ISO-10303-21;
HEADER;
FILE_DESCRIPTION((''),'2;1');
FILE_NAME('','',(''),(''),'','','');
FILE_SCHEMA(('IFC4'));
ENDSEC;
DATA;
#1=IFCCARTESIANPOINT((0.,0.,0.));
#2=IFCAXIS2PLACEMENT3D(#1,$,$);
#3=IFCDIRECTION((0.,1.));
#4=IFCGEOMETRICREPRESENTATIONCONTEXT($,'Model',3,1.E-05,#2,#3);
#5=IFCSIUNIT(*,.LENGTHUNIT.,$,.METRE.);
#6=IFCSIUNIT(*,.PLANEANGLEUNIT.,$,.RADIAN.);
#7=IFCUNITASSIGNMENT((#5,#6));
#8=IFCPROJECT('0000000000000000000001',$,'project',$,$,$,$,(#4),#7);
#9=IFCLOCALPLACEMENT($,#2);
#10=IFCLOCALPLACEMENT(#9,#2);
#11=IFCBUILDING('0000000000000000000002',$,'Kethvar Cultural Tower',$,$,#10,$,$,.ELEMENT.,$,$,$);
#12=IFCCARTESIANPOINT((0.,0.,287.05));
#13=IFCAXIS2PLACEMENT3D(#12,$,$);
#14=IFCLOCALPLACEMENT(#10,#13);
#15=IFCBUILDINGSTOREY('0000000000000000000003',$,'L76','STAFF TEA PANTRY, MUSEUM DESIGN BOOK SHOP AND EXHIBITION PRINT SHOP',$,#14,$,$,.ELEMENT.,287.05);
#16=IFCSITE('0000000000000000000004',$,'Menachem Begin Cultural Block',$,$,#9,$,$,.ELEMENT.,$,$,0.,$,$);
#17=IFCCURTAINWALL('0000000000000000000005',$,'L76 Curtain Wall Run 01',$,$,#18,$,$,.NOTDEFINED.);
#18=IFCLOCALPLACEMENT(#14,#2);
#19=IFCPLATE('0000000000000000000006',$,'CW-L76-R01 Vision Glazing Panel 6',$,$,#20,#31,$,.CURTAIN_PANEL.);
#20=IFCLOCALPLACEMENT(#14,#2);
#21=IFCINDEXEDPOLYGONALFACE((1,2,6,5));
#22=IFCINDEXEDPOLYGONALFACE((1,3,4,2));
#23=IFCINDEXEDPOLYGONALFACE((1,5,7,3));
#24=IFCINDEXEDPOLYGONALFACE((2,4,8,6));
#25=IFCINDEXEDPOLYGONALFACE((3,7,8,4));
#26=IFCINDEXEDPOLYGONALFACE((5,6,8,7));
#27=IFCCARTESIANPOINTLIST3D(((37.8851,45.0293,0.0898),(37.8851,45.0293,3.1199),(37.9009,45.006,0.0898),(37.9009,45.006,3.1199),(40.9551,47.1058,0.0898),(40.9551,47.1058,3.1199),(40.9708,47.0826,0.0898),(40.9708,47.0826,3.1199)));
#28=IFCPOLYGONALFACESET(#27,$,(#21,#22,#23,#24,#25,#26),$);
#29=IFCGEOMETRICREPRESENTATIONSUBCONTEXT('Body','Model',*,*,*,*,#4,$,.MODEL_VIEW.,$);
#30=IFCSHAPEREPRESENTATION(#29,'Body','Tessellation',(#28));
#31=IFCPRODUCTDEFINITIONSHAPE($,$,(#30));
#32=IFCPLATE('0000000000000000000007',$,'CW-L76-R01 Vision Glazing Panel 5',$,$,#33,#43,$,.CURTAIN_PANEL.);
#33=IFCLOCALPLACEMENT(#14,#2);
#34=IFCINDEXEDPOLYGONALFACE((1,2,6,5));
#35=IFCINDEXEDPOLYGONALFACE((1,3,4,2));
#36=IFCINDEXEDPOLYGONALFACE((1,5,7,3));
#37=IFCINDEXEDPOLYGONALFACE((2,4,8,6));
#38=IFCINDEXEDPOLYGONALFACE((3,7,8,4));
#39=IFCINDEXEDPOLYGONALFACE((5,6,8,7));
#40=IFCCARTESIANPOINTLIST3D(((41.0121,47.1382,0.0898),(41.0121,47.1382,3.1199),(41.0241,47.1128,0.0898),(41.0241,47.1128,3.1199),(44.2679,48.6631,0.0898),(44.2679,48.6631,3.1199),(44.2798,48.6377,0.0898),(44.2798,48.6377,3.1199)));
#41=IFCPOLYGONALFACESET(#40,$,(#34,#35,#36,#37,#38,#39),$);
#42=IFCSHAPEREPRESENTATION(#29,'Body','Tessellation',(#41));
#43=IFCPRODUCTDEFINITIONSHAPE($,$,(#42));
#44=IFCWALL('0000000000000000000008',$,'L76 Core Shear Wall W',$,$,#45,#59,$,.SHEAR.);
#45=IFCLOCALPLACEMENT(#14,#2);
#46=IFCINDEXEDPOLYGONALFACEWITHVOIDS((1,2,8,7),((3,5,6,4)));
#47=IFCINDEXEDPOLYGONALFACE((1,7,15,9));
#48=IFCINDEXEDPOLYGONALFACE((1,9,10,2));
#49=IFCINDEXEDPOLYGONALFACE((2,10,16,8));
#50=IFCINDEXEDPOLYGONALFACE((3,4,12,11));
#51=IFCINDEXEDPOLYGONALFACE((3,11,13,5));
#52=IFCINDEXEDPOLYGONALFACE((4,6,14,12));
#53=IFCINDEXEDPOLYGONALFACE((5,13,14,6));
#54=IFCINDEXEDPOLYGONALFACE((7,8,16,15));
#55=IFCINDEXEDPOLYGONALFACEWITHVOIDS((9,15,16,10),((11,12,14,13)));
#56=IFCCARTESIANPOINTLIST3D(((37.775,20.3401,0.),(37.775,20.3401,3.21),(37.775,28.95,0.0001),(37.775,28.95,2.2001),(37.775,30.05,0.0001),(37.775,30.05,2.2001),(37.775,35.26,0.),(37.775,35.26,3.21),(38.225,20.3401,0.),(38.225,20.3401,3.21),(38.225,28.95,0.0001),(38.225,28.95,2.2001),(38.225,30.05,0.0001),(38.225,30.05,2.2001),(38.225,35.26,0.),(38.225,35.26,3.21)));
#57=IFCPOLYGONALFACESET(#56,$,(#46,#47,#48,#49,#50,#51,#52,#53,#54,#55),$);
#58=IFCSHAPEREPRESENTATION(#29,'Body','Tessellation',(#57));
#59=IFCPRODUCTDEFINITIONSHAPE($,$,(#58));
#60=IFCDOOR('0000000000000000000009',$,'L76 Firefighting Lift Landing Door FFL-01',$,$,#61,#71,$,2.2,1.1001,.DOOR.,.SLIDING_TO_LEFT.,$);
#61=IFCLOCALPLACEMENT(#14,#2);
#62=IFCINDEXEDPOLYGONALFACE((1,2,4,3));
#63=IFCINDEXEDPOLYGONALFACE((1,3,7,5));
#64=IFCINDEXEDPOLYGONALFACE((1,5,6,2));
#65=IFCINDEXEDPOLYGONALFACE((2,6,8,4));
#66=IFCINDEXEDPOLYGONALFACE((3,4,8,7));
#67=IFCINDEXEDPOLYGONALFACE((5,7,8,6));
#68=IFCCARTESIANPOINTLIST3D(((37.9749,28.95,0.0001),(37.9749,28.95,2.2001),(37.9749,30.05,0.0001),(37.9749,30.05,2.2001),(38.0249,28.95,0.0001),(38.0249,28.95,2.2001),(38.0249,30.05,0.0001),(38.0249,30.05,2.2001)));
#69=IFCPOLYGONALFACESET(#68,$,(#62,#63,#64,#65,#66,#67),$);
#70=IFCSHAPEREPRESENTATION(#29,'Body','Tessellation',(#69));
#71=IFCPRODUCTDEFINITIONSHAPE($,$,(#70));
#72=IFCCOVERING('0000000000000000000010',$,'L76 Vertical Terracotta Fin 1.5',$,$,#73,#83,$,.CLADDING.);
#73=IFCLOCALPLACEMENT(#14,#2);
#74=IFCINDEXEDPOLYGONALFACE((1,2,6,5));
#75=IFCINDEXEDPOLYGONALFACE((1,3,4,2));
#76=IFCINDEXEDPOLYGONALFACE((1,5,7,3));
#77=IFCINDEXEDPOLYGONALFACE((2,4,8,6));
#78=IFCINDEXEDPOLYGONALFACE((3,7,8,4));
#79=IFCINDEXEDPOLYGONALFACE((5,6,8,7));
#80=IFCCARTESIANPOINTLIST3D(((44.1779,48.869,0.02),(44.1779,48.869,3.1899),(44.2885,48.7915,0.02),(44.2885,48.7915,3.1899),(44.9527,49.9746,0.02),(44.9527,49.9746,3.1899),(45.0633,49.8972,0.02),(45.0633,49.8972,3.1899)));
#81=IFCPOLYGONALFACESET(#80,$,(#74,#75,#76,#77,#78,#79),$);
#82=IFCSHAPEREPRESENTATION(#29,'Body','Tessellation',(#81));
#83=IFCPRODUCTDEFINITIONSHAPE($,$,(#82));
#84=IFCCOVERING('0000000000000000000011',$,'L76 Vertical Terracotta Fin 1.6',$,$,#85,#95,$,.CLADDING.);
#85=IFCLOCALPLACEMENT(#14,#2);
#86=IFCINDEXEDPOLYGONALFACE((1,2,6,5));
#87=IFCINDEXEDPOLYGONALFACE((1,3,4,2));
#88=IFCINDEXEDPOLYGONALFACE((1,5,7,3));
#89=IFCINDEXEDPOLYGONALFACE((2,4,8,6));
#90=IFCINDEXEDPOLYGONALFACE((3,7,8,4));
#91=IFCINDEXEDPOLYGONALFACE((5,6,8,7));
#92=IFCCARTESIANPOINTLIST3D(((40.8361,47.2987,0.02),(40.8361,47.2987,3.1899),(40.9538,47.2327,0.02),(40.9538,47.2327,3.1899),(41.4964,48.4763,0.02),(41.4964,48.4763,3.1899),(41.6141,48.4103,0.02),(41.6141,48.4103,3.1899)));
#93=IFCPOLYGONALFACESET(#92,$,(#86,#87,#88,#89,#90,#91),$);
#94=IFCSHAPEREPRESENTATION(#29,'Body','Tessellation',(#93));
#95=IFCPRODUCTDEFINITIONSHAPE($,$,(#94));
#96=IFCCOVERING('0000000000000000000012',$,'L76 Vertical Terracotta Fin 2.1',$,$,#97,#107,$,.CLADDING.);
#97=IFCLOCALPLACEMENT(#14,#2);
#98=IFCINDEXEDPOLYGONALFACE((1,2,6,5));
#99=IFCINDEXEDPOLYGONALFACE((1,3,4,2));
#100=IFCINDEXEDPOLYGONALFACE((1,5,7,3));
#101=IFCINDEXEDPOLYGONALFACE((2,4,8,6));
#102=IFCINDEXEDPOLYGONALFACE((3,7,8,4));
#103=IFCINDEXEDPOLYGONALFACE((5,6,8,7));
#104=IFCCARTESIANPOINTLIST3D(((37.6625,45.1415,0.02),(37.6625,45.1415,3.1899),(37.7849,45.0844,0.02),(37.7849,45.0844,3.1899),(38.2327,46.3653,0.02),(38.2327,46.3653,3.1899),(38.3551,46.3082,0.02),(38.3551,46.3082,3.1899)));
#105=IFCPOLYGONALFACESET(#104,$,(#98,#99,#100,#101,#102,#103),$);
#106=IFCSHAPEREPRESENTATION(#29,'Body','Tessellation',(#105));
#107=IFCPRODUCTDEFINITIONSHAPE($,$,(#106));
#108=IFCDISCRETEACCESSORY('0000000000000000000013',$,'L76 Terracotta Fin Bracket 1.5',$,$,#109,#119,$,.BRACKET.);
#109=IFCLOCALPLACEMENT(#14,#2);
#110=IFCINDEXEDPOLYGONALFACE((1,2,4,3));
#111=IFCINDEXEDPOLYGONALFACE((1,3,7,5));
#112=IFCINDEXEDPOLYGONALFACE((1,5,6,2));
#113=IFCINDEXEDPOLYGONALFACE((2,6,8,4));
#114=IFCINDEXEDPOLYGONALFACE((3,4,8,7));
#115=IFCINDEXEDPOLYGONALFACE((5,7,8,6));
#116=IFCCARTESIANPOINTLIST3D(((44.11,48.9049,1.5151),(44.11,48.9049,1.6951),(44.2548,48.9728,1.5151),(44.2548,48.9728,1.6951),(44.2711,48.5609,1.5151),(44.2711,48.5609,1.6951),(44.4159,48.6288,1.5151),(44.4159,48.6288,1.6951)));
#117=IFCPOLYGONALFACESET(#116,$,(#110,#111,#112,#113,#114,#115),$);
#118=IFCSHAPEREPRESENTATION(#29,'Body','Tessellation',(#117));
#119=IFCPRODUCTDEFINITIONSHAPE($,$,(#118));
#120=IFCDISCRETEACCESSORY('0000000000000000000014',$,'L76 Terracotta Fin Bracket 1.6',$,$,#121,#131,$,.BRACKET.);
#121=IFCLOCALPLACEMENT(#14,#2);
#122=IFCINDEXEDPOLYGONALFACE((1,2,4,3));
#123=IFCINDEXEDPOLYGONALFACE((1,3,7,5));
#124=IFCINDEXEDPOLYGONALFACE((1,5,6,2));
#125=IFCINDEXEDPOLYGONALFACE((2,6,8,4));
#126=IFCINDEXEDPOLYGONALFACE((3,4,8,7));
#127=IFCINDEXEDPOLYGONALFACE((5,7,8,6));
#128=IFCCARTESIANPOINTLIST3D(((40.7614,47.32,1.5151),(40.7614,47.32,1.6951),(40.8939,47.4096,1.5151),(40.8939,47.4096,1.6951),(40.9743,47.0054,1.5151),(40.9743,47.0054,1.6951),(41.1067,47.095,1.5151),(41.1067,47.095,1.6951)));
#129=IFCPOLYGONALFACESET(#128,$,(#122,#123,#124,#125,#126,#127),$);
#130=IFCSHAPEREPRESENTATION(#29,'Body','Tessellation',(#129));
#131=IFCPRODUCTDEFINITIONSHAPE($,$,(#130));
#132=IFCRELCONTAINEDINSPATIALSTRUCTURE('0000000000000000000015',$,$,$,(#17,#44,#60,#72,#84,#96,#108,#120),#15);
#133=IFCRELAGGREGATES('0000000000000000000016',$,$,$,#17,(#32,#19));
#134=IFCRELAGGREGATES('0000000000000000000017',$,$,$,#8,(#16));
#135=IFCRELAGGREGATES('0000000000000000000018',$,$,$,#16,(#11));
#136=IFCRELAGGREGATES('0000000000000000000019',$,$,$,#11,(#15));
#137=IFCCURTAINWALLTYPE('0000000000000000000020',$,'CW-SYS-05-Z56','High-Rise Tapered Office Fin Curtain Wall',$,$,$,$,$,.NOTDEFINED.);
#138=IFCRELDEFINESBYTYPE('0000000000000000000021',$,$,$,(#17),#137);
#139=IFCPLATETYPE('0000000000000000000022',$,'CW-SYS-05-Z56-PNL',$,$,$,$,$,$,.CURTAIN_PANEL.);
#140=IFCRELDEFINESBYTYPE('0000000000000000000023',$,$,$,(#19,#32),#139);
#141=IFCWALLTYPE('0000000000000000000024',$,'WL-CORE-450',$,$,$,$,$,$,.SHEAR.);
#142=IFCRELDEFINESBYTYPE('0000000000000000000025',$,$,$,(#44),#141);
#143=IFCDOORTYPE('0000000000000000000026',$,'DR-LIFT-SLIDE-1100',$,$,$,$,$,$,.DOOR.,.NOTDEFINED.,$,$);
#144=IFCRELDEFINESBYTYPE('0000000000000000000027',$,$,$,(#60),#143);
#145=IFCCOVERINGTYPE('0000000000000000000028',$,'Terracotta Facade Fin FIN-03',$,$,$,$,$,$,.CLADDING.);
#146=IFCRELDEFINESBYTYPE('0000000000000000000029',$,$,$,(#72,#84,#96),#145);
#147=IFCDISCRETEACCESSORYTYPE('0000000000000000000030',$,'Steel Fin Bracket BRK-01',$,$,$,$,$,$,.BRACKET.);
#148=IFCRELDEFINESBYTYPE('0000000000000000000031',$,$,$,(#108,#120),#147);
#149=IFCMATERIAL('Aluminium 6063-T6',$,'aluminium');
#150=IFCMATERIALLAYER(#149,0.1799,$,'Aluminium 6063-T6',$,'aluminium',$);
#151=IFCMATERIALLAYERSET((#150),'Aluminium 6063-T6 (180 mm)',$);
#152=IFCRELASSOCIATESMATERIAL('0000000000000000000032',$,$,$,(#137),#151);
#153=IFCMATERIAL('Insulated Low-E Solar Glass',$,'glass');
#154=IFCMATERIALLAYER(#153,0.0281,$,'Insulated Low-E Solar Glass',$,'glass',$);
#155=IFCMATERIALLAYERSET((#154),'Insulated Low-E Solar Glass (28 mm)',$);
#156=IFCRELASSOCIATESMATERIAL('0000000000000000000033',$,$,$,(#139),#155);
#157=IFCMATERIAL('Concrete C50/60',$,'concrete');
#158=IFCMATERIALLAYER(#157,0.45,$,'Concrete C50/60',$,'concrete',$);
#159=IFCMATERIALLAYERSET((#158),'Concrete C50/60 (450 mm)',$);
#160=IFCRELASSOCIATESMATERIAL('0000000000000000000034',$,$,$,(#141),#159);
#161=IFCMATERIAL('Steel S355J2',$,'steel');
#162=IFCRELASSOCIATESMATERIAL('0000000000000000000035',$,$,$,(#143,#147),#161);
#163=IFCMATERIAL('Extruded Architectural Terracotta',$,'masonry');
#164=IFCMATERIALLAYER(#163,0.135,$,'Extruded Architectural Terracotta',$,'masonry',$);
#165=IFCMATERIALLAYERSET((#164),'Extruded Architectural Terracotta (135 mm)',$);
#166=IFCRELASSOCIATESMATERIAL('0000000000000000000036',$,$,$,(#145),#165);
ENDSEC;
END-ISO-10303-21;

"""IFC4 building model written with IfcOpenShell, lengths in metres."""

from ifc_helpers import new_model, si_unit, direction, frame, frame_2d, origin, origin_2d, place, context, subcontext, project, spatial, rectangle, extrude, source, transform, mapped, material, layer, layer_set, type_object, element, fill, aggregate, save


model = new_model("IFC4")

# Units and contexts
model_context = context("Model", 3, precision=1e-05, world=origin(), true_north=direction((0.0, 1.0)))
body_context = subcontext(model_context, "Body", "Model", "MODEL_VIEW")
ifc_project = project(units=[si_unit("LENGTHUNIT", "METRE"), si_unit("PLANEANGLEUNIT", "RADIAN")], contexts=[model_context])

# Site, building, storey
site_placement = place(None, origin())
site = spatial("IfcSite", under=ifc_project, at=site_placement, Name="Menachem Begin Cultural Block", CompositionType="ELEMENT", RefElevation=0.0)
building_placement = place(site_placement, origin())
building = spatial("IfcBuilding", under=site, at=building_placement, Name="Kethvar Cultural Tower", CompositionType="ELEMENT")
storey_placement = place(building_placement, frame((0.0, 0.0, 287.05)))
storey = spatial("IfcBuildingStorey", under=building, at=storey_placement, Name="L76", Description="STAFF TEA PANTRY, MUSEUM DESIGN BOOK SHOP AND EXHIBITION PRINT SHOP", CompositionType="ELEMENT", Elevation=287.05)

# Shared definitions
ifc_material_1 = material(Name="Steel S355J2", Category="steel")

# Curtain wall
ifc_material_2 = material(Name="Aluminium 6063-T6", Category="aluminium")
ifc_layer_1 = layer(ifc_material_2, 0.1799, Name="Aluminium 6063-T6", Category="aluminium")
ifc_layer_set_1 = layer_set([ifc_layer_1], Name="Aluminium 6063-T6 (180 mm)")
curtain_wall_type = type_object("IfcCurtainWallType", Name="CW-SYS-05-Z56", Description="High-Rise Tapered Office Fin Curtain Wall", PredefinedType="NOTDEFINED", material=ifc_layer_set_1)
curtain_wall_1_placement = place(storey_placement, origin())
curtain_wall_1 = element("IfcCurtainWall", 1, at=curtain_wall_1_placement, inside=storey, type_object=curtain_wall_type, Name="L76 Curtain Wall Run 01", PredefinedType="NOTDEFINED")

# Plates
ifc_material_3 = material(Name="Insulated Low-E Solar Glass", Category="glass")
ifc_layer_2 = layer(ifc_material_3, 0.0281, Name="Insulated Low-E Solar Glass", Category="glass")
ifc_layer_set_2 = layer_set([ifc_layer_2], Name="Insulated Low-E Solar Glass (28 mm)")
plate_type = type_object("IfcPlateType", Name="CW-SYS-05-Z56-PNL", PredefinedType="CURTAIN_PANEL", material=ifc_layer_set_2)
shared_shape_1 = source(origin(), body_context, "Body", "SweptSolid", [
    extrude(rectangle(XDim=3.7063, YDim=0.0281, at=origin_2d()), origin(), (0.0, 0.0, 1.0), 3.03),
])
plate_1_placement = place(storey_placement, frame((39.428, 46.0559, 0.0898), z_axis=(0.0, 0.0, 1.0), x_axis=(-0.828305, -0.560278, 0.0)))
plate_1 = element("IfcPlate", 2, at=plate_1_placement, type_object=plate_type, Name="CW-L76-R01 Vision Glazing Panel 6", PredefinedType="CURTAIN_PANEL", context=body_context, shape_type="MappedRepresentation", body=[
    mapped(shared_shape_1, transform((0.0, 0.0, 0.0), scale=1.0)),
])
shared_shape_2 = source(origin(), body_context, "Body", "SweptSolid", [
    extrude(rectangle(XDim=3.5952, YDim=0.0281, at=origin_2d()), origin(), (0.0, 0.0, 1.0), 3.03),
])
plate_2_placement = place(storey_placement, frame((42.646, 47.8879, 0.0898), z_axis=(0.0, 0.0, 1.0), x_axis=(-0.905591, -0.424152, 0.0)))
plate_2 = element("IfcPlate", 3, at=plate_2_placement, type_object=plate_type, Name="CW-L76-R01 Vision Glazing Panel 5", PredefinedType="CURTAIN_PANEL", context=body_context, shape_type="MappedRepresentation", body=[
    mapped(shared_shape_2, transform((0.0, 0.0, 0.0), scale=1.0)),
])
aggregate(curtain_wall_1, [plate_2, plate_1])

# Wall, opening, door
ifc_material_4 = material(Name="Concrete C50/60", Category="concrete")
ifc_layer_3 = layer(ifc_material_4, 0.45, Name="Concrete C50/60", Category="concrete")
ifc_layer_set_3 = layer_set([ifc_layer_3], Name="Concrete C50/60 (450 mm)")
wall_type = type_object("IfcWallType", Name="WL-CORE-450", PredefinedType="SHEAR", material=ifc_layer_set_3)
wall_placement = place(storey_placement, frame((38.0, 35.26, 0.0), z_axis=(0.0, 0.0, 1.0), x_axis=(0.0, -1.0, 0.0)))
wall = element("IfcWall", 4, at=wall_placement, inside=storey, type_object=wall_type, Name="L76 Core Shear Wall W", PredefinedType="SHEAR", context=body_context, shape_type="SweptSolid", body=[
    extrude(rectangle(XDim=14.9199, YDim=0.45, at=frame_2d((7.46, 0.0))), origin(), (0.0, 0.0, 1.0), 3.21),
])
opening_placement = place(wall_placement, frame((5.21, 0.0, 0.0)))
opening = element("IfcOpeningElement", 5, at=opening_placement, cuts=wall, PredefinedType="OPENING", context=body_context, shape_type="SweptSolid", body=[
    extrude(rectangle(XDim=1.1001, YDim=2.2, at=frame_2d((0.55, 1.1001))), frame((0.0, 0.2349, 0.0), z_axis=(0.0, -1.0, 0.0), x_axis=(1.0, 0.0, 0.0)), (0.0, 0.0, 1.0), 0.47),
])
door_type = type_object("IfcDoorType", Name="DR-LIFT-SLIDE-1100", OperationType="NOTDEFINED", PredefinedType="DOOR", material=ifc_material_1)
shared_shape_3 = source(origin(), body_context, "Body", "SweptSolid", [
    extrude(rectangle(XDim=1.1001, YDim=2.2, at=frame_2d((0.55, 1.1001))), frame((0.0, 0.0249, 0.0), z_axis=(0.0, -1.0, 0.0), x_axis=(1.0, 0.0, 0.0)), (0.0, 0.0, 1.0), 0.05),
])
door_placement = place(opening_placement, origin())
door = element("IfcDoor", 6, at=door_placement, inside=storey, type_object=door_type, Name="L76 Firefighting Lift Landing Door FFL-01", OperationType="SLIDING_TO_LEFT", OverallHeight=2.2, OverallWidth=1.1001, PredefinedType="DOOR", context=body_context, shape_type="MappedRepresentation", body=[
    mapped(shared_shape_3, transform((0.0, 0.0, 0.0), scale=1.0)),
])
fill(opening, door)

# Coverings
ifc_material_5 = material(Name="Extruded Architectural Terracotta", Category="masonry")
ifc_layer_4 = layer(ifc_material_5, 0.135, Name="Extruded Architectural Terracotta", Category="masonry")
ifc_layer_set_4 = layer_set([ifc_layer_4], Name="Extruded Architectural Terracotta (135 mm)")
covering_type = type_object("IfcCoveringType", Name="Terracotta Facade Fin FIN-03", PredefinedType="CLADDING", material=ifc_layer_set_4)
shared_shape_4 = source(origin(), body_context, "Body", "SweptSolid", [
    extrude(rectangle(XDim=1.3501, YDim=0.135, at=origin_2d()), origin(), (0.0, 0.0, 1.0), 3.1699),
])
for number, where, z_axis, x_axis, name in (
    (7, (44.6206, 49.3831, 0.02), (0.0, 0.0, 1.0), (0.573862, 0.818952, 0.0), "L76 Vertical Terracotta Fin 1.5"),
    (8, (41.2251, 47.8545, 0.02), (0.0, 0.0, 1.0), (0.489078, 0.87224, 0.0), "L76 Vertical Terracotta Fin 1.6"),
    (9, (38.0088, 45.7249, 0.02), (0.0, 0.0, 1.0), (0.422302, 0.906455, 0.0), "L76 Vertical Terracotta Fin 2.1"),
):
    element("IfcCovering", number, at=place(storey_placement, frame(where, z_axis=z_axis, x_axis=x_axis)), inside=storey, type_object=covering_type, Name=name, PredefinedType="CLADDING", context=body_context, shape_type="MappedRepresentation", body=[
        mapped(shared_shape_4, transform((0.0, 0.0, 0.0), scale=1.0)),
    ])

# Discrete accessories
discrete_accessory_type = type_object("IfcDiscreteAccessoryType", Name="Steel Fin Bracket BRK-01", PredefinedType="BRACKET", material=ifc_material_1)
shared_shape_5 = source(origin(), body_context, "Body", "SweptSolid", [
    extrude(rectangle(XDim=0.3799, YDim=0.1599, at=origin_2d()), origin(), (0.0, 0.0, 1.0), 0.1799),
])
for number, where, z_axis, x_axis, name in (
    (10, (44.2629, 48.7668, 1.5151), (0.0, 0.0, 1.0), (-0.424199, 0.905569, 0.0), "L76 Terracotta Fin Bracket 1.5"),
    (11, (40.9341, 47.2075, 1.5151), (0.0, 0.0, 1.0), (-0.56035, 0.828256, 0.0), "L76 Terracotta Fin Bracket 1.6"),
):
    element("IfcDiscreteAccessory", number, at=place(storey_placement, frame(where, z_axis=z_axis, x_axis=x_axis)), inside=storey, type_object=discrete_accessory_type, Name=name, PredefinedType="BRACKET", context=body_context, shape_type="MappedRepresentation", body=[
        mapped(shared_shape_5, transform((0.0, 0.0, 0.0), scale=1.0)),
    ])

save(model, "model.ifc")
